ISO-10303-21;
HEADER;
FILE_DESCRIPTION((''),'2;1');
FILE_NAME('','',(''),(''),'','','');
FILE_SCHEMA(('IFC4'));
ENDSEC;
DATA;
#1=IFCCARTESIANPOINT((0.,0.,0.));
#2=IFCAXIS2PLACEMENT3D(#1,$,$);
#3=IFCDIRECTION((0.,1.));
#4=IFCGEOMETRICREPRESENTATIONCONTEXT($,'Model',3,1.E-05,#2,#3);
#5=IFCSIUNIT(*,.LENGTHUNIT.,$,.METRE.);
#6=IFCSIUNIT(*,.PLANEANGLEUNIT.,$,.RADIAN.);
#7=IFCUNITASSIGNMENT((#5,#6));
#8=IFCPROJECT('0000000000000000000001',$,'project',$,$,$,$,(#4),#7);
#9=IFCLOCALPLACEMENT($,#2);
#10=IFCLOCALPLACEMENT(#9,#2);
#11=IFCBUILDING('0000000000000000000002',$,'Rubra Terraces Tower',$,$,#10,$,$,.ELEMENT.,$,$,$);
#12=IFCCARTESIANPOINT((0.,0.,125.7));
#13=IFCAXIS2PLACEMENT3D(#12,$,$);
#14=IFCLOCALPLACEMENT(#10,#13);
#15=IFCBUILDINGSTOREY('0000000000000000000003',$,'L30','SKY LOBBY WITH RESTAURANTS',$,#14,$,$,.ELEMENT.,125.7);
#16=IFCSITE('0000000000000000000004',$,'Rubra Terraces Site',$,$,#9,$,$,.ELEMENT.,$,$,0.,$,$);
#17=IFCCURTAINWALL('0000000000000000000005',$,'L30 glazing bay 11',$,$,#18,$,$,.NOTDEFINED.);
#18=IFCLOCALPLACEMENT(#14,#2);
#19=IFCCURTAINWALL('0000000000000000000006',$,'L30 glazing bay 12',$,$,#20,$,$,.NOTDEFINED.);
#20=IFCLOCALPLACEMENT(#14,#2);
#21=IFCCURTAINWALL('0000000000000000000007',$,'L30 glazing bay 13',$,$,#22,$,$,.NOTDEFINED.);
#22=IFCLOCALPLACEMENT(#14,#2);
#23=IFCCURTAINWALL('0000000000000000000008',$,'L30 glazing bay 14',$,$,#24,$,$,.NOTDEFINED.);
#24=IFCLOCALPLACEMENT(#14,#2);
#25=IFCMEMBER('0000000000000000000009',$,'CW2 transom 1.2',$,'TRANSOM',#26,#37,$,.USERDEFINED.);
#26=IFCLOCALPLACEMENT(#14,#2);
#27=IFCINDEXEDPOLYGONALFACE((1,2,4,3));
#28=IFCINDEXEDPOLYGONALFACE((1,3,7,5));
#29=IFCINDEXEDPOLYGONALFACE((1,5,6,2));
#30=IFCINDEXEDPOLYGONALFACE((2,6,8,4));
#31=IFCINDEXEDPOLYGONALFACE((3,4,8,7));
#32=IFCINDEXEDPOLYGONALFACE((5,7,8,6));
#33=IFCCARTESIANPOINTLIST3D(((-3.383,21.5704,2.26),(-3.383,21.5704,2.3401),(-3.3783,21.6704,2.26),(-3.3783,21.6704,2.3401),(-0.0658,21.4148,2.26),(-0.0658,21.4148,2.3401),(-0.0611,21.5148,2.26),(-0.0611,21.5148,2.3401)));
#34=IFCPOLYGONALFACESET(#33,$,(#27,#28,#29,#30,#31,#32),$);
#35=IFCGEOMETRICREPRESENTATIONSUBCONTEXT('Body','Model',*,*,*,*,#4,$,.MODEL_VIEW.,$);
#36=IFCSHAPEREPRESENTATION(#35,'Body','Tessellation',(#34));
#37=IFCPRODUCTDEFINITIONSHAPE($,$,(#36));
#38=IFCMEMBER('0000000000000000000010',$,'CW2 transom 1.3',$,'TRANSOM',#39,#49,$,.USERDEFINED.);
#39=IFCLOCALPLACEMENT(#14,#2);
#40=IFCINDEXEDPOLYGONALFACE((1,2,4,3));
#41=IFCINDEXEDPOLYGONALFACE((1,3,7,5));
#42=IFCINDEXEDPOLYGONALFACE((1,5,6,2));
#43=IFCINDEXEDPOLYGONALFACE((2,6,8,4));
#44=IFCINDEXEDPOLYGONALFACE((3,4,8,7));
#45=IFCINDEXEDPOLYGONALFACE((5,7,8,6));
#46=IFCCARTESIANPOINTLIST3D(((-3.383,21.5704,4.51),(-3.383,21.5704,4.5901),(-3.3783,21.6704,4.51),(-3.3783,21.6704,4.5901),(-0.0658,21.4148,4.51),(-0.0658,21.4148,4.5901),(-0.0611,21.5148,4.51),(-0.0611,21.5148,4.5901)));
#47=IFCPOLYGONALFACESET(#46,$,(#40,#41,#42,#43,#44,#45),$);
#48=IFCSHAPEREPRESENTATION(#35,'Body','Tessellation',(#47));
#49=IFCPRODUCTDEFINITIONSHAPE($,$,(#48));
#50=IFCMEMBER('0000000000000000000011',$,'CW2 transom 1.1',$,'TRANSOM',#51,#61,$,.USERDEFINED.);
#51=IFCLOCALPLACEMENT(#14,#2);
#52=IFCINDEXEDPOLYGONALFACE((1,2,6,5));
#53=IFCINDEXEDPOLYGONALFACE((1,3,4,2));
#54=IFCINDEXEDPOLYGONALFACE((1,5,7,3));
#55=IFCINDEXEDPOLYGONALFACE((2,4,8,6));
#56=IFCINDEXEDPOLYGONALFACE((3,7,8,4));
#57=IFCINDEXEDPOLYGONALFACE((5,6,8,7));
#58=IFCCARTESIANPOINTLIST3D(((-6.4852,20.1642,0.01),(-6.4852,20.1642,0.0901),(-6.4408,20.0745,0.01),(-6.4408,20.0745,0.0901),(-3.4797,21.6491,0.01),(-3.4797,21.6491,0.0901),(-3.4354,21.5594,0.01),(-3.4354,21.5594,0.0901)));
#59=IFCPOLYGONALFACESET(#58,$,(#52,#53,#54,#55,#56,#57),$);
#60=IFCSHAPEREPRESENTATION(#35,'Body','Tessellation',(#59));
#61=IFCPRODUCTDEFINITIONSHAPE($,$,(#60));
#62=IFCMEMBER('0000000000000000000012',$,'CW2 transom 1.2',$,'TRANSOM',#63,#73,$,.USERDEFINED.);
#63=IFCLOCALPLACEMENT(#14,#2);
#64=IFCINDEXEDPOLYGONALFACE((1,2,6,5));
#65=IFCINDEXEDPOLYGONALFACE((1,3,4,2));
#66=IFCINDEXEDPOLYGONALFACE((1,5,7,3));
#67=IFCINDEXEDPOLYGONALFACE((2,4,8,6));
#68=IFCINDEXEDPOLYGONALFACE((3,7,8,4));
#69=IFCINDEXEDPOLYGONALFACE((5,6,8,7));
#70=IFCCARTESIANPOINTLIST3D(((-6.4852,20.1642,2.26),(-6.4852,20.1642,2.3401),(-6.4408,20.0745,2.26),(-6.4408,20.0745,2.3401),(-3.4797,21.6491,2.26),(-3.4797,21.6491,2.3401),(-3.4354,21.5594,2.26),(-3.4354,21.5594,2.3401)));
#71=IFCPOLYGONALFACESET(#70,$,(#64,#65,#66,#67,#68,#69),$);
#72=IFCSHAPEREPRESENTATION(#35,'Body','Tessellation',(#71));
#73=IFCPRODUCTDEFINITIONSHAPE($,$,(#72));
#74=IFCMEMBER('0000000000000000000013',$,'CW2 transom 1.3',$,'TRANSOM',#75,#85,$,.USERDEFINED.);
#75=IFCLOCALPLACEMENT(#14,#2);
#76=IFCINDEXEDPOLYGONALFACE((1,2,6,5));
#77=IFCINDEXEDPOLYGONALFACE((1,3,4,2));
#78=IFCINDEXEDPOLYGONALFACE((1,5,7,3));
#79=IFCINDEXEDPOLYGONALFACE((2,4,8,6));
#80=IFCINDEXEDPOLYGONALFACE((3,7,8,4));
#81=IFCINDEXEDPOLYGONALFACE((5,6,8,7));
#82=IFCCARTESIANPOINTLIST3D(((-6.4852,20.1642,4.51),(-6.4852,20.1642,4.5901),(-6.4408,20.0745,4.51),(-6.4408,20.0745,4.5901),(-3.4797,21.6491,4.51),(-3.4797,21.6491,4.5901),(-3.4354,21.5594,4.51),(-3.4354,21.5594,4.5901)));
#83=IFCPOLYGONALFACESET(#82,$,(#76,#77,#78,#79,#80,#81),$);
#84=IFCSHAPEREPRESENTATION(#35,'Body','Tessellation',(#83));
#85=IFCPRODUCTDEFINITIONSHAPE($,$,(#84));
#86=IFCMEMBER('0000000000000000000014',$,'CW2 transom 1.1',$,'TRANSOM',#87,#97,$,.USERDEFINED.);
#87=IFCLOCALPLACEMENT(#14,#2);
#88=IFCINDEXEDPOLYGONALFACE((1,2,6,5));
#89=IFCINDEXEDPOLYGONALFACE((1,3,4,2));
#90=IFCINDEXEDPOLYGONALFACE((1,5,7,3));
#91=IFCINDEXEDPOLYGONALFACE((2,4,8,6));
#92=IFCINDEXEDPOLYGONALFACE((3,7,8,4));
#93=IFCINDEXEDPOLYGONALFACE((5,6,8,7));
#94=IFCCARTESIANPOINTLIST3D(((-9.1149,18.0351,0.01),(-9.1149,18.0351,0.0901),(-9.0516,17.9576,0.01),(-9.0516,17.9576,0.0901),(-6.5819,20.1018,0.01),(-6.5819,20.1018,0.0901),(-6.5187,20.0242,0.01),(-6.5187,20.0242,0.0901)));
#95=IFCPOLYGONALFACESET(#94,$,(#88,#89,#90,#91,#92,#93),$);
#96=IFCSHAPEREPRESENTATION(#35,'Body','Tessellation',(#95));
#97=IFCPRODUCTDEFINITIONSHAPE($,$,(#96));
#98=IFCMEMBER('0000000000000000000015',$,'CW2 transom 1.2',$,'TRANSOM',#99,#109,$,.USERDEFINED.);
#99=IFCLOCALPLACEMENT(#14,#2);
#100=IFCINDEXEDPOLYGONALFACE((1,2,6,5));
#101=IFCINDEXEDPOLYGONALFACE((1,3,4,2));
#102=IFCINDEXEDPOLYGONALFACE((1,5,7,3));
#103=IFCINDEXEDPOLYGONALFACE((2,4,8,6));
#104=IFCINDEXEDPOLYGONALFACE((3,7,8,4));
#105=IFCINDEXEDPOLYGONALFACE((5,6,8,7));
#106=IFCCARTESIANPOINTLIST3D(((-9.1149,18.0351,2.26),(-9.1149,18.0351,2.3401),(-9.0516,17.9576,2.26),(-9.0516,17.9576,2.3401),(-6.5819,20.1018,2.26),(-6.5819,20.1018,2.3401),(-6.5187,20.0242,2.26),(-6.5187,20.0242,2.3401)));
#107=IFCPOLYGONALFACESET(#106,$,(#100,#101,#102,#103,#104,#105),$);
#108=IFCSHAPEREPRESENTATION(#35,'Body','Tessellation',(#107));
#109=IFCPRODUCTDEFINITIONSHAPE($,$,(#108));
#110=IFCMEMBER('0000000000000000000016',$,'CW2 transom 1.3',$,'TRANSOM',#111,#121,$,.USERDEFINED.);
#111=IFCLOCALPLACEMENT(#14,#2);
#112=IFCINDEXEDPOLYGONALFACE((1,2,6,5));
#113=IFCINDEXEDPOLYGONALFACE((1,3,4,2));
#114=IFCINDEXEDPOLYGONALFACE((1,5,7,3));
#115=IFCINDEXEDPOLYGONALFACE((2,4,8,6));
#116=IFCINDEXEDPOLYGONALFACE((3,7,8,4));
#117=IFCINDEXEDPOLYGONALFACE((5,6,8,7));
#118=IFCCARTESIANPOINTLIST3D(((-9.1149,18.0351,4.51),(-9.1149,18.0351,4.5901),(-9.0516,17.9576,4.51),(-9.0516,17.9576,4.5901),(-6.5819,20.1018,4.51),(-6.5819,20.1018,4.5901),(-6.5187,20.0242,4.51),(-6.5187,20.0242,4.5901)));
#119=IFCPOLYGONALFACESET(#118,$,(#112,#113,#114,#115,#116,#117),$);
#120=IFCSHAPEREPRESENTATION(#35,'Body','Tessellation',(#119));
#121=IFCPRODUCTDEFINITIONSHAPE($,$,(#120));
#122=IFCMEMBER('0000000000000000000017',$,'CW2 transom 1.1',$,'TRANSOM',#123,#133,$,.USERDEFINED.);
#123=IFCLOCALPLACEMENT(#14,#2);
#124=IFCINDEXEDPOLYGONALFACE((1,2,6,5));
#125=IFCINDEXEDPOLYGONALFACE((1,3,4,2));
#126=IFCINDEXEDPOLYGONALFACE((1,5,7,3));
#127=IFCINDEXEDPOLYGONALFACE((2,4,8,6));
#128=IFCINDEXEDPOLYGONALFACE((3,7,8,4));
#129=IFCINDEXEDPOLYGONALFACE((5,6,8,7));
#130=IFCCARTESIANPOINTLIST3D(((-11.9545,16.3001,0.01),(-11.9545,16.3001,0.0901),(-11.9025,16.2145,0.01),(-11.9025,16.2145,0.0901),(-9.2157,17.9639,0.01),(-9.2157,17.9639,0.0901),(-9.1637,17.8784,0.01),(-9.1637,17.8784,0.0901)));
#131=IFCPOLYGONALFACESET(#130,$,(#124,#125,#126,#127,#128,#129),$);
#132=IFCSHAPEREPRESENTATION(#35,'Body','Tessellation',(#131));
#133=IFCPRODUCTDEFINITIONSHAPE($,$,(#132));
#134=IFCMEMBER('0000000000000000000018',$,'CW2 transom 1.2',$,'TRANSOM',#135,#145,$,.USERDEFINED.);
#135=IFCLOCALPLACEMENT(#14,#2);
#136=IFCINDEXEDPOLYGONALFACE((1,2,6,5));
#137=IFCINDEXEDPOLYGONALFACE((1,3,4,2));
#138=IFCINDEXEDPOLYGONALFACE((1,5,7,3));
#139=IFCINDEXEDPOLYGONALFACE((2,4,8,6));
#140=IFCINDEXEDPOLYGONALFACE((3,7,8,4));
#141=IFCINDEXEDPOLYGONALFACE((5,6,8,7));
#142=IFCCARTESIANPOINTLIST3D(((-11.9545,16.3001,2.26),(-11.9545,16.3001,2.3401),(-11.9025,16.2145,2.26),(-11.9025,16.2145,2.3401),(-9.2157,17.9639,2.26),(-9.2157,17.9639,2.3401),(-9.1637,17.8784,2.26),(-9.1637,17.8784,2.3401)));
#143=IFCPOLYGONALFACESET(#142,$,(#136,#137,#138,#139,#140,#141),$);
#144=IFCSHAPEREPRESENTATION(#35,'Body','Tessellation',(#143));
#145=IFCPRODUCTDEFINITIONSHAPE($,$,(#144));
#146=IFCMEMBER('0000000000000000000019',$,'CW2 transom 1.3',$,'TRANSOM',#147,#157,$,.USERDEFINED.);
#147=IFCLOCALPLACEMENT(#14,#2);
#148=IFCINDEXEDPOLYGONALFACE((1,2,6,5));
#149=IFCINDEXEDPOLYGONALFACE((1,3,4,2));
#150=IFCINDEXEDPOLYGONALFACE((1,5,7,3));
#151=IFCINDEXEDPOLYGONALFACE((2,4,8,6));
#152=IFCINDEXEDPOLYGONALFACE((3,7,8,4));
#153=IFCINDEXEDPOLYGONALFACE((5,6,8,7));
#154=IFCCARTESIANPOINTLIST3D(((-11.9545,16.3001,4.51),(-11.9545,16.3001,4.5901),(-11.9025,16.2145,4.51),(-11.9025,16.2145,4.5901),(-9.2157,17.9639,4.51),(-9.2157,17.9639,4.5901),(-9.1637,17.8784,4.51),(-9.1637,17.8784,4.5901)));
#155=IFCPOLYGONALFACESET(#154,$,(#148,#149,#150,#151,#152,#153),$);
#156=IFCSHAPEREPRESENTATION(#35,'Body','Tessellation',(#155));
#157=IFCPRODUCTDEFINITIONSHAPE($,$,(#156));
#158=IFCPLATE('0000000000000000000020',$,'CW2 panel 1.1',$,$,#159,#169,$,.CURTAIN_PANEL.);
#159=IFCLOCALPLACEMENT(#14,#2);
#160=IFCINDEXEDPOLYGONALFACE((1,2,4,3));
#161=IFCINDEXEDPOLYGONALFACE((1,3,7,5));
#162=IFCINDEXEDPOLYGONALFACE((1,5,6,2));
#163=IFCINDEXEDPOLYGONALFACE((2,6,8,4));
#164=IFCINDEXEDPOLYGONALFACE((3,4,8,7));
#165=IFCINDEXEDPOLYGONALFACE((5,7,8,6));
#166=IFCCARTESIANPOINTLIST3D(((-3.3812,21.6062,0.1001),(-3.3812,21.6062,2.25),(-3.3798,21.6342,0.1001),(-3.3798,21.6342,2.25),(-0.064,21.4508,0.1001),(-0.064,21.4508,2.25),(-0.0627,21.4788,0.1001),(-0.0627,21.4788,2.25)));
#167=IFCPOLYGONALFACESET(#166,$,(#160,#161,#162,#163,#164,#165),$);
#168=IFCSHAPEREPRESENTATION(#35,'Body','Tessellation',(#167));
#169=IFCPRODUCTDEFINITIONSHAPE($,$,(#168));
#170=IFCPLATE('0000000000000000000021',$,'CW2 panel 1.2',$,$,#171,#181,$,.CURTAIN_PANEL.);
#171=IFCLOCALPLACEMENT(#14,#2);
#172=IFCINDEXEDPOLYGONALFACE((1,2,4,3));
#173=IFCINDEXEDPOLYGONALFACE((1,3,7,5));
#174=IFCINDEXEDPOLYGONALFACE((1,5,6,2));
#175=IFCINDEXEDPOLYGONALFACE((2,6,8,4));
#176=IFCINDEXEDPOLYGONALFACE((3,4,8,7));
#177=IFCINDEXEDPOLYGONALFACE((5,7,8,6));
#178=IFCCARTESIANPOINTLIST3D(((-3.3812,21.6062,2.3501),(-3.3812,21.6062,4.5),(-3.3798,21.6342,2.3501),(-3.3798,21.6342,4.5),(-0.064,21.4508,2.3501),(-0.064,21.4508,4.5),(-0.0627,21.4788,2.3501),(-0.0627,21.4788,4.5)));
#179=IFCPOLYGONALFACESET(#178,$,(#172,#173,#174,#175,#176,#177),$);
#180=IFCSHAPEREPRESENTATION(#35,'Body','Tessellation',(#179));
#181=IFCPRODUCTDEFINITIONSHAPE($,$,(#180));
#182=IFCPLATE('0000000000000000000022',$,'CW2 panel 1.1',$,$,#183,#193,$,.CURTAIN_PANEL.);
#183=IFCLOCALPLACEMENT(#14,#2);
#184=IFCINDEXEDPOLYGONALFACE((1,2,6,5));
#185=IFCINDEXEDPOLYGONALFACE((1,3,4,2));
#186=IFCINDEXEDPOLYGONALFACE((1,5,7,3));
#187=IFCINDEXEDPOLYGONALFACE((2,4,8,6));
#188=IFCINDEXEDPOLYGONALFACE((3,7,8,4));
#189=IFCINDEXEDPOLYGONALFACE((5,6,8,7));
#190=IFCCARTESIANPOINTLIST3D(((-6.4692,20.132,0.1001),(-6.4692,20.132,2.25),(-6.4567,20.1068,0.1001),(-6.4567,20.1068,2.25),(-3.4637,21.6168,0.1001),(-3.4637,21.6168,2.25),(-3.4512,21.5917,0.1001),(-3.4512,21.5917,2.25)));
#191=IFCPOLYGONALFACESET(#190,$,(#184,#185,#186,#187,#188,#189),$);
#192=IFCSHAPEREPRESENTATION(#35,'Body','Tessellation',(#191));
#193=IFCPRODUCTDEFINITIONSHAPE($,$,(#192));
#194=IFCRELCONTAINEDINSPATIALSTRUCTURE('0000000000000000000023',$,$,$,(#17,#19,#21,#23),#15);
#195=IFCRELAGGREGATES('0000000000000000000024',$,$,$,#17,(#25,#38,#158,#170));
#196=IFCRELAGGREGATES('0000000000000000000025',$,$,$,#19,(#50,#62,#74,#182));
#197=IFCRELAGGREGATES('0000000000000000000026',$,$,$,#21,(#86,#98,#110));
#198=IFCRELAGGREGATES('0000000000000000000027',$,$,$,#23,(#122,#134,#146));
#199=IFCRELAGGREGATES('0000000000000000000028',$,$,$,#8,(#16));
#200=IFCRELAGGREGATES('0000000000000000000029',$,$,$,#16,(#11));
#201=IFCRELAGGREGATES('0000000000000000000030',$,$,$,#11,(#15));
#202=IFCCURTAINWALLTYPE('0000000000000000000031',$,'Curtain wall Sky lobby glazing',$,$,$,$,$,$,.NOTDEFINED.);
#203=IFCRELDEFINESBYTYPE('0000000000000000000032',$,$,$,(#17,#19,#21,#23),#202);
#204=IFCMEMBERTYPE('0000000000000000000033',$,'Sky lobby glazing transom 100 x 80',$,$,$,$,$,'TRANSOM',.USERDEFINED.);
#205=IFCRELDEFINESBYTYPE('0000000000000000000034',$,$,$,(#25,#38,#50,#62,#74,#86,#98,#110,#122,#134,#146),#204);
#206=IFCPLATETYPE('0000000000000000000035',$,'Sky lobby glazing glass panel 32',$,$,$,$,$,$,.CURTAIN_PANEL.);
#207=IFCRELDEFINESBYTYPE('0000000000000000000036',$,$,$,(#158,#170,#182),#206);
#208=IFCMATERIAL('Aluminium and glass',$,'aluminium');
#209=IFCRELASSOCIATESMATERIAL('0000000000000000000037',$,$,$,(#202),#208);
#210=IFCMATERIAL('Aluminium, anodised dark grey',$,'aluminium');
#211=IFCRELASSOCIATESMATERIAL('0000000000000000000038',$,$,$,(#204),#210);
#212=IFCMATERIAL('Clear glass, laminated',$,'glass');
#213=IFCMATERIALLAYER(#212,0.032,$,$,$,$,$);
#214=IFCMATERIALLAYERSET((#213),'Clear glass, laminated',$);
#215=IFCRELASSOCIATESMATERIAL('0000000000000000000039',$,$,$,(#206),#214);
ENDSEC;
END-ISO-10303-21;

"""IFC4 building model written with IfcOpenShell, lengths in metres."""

from ifc_helpers import new_model, si_unit, direction, frame, origin, origin_2d, place, context, subcontext, project, spatial, rectangle, extrude, material, layer, layer_set, material_profile, profile_set, type_object, element, aggregate, save


model = new_model("IFC4")

# Units and contexts
model_context = context("Model", 3, precision=1e-05, world=origin(), true_north=direction((0.0, 1.0)))
body_context = subcontext(model_context, "Body", "Model", "MODEL_VIEW")
ifc_project = project(units=[si_unit("LENGTHUNIT", "METRE"), si_unit("PLANEANGLEUNIT", "RADIAN")], contexts=[model_context])

# Site, building, storey
site_placement = place(None, origin())
site = spatial("IfcSite", under=ifc_project, at=site_placement, Name="Rubra Terraces Site", CompositionType="ELEMENT", RefElevation=0.0)
building_placement = place(site_placement, origin())
building = spatial("IfcBuilding", under=site, at=building_placement, Name="Rubra Terraces Tower", CompositionType="ELEMENT")
storey_placement = place(building_placement, frame((0.0, 0.0, 125.7)))
storey = spatial("IfcBuildingStorey", under=building, at=storey_placement, Name="L30", Description="SKY LOBBY WITH RESTAURANTS", CompositionType="ELEMENT", Elevation=125.7)

# Curtain walls
ifc_material_1 = material(Name="Aluminium and glass", Category="aluminium")
curtain_wall_type = type_object("IfcCurtainWallType", Name="Curtain wall Sky lobby glazing", PredefinedType="NOTDEFINED", material=ifc_material_1)
curtain_wall_1_placement = place(storey_placement, origin())
curtain_wall_1 = element("IfcCurtainWall", 1, at=curtain_wall_1_placement, inside=storey, type_object=curtain_wall_type, Name="L30 glazing bay 11", PredefinedType="NOTDEFINED")
ifc_material_2 = material(Name="Aluminium, anodised dark grey", Category="aluminium")
curtain_wall_2_placement = place(storey_placement, origin())
curtain_wall_2 = element("IfcCurtainWall", 2, at=curtain_wall_2_placement, inside=storey, type_object=curtain_wall_type, Name="L30 glazing bay 12", PredefinedType="NOTDEFINED")
curtain_wall_3_placement = place(storey_placement, origin())
curtain_wall_3 = element("IfcCurtainWall", 3, at=curtain_wall_3_placement, inside=storey, type_object=curtain_wall_type, Name="L30 glazing bay 13", PredefinedType="NOTDEFINED")
curtain_wall_4_placement = place(storey_placement, origin())
curtain_wall_4 = element("IfcCurtainWall", 4, at=curtain_wall_4_placement, inside=storey, type_object=curtain_wall_type, Name="L30 glazing bay 14", PredefinedType="NOTDEFINED")

# Members
ifc_material_profile_1 = material_profile(ifc_material_2, rectangle(XDim=0.1001, YDim=0.0801, at=origin_2d()), Name="AL 100x80")
ifc_profile_set_1 = profile_set([ifc_material_profile_1], Name="Aluminium, anodised dark grey")
member_type_1 = type_object("IfcMemberType", Name="Sky lobby glazing transom 100 x 80", ElementType="TRANSOM", PredefinedType="USERDEFINED", material=ifc_profile_set_1)
member_1_placement = place(storey_placement, frame((-0.0635, 21.4648, 2.3), z_axis=(-0.998903, 0.046832, 0.0), x_axis=(-0.046832, -0.998903, 0.0)))
member_1 = element("IfcMember", 5, at=member_1_placement, type_object=member_type_1, Name="CW2 transom 1.2", ObjectType="TRANSOM", PredefinedType="USERDEFINED", context=body_context, shape_type="SweptSolid", body=[
    extrude(rectangle(XDim=0.1001, YDim=0.0801, at=origin_2d()), origin(), (0.0, 0.0, 1.0), 3.3208),
])
member_2_placement = place(storey_placement, frame((-0.0635, 21.4648, 4.55), z_axis=(-0.998903, 0.046832, 0.0), x_axis=(-0.046832, -0.998903, 0.0)))
member_2 = element("IfcMember", 6, at=member_2_placement, type_object=member_type_1, Name="CW2 transom 1.3", ObjectType="TRANSOM", PredefinedType="USERDEFINED", context=body_context, shape_type="SweptSolid", body=[
    extrude(rectangle(XDim=0.1001, YDim=0.0801, at=origin_2d()), origin(), (0.0, 0.0, 1.0), 3.3208),
])
member_3_placement = place(storey_placement, frame((-3.4575, 21.6042, 0.05), z_axis=(-0.896544, -0.442955, 0.0), x_axis=(0.442955, -0.896544, 0.0)))
member_3 = element("IfcMember", 7, at=member_3_placement, type_object=member_type_1, Name="CW2 transom 1.1", ObjectType="TRANSOM", PredefinedType="USERDEFINED", context=body_context, shape_type="SweptSolid", body=[
    extrude(rectangle(XDim=0.1001, YDim=0.0801, at=origin_2d()), origin(), (0.0, 0.0, 1.0), 3.3523),
])
member_4_placement = place(storey_placement, frame((-3.4575, 21.6042, 2.3), z_axis=(-0.896544, -0.442955, 0.0), x_axis=(0.442955, -0.896544, 0.0)))
member_4 = element("IfcMember", 8, at=member_4_placement, type_object=member_type_1, Name="CW2 transom 1.2", ObjectType="TRANSOM", PredefinedType="USERDEFINED", context=body_context, shape_type="SweptSolid", body=[
    extrude(rectangle(XDim=0.1001, YDim=0.0801, at=origin_2d()), origin(), (0.0, 0.0, 1.0), 3.3523),
])
member_5_placement = place(storey_placement, frame((-3.4575, 21.6042, 4.55), z_axis=(-0.896544, -0.442955, 0.0), x_axis=(0.442955, -0.896544, 0.0)))
member_5 = element("IfcMember", 9, at=member_5_placement, type_object=member_type_1, Name="CW2 transom 1.3", ObjectType="TRANSOM", PredefinedType="USERDEFINED", context=body_context, shape_type="SweptSolid", body=[
    extrude(rectangle(XDim=0.1001, YDim=0.0801, at=origin_2d()), origin(), (0.0, 0.0, 1.0), 3.3523),
])
member_6_placement = place(storey_placement, frame((-6.5503, 20.063, 0.05), z_axis=(-0.774822, -0.63218, 0.0), x_axis=(0.63218, -0.774822, 0.0)))
member_6 = element("IfcMember", 10, at=member_6_placement, type_object=member_type_1, Name="CW2 transom 1.1", ObjectType="TRANSOM", PredefinedType="USERDEFINED", context=body_context, shape_type="SweptSolid", body=[
    extrude(rectangle(XDim=0.1001, YDim=0.0801, at=origin_2d()), origin(), (0.0, 0.0, 1.0), 3.269),
])
member_7_placement = place(storey_placement, frame((-6.5503, 20.063, 2.3), z_axis=(-0.774822, -0.63218, 0.0), x_axis=(0.63218, -0.774822, 0.0)))
member_7 = element("IfcMember", 11, at=member_7_placement, type_object=member_type_1, Name="CW2 transom 1.2", ObjectType="TRANSOM", PredefinedType="USERDEFINED", context=body_context, shape_type="SweptSolid", body=[
    extrude(rectangle(XDim=0.1001, YDim=0.0801, at=origin_2d()), origin(), (0.0, 0.0, 1.0), 3.269),
])
member_8_placement = place(storey_placement, frame((-6.5503, 20.063, 4.55), z_axis=(-0.774822, -0.63218, 0.0), x_axis=(0.63218, -0.774822, 0.0)))
member_8 = element("IfcMember", 12, at=member_8_placement, type_object=member_type_1, Name="CW2 transom 1.3", ObjectType="TRANSOM", PredefinedType="USERDEFINED", context=body_context, shape_type="SweptSolid", body=[
    extrude(rectangle(XDim=0.1001, YDim=0.0801, at=origin_2d()), origin(), (0.0, 0.0, 1.0), 3.269),
])
member_9_placement = place(storey_placement, frame((-9.1897, 17.9211, 0.05), z_axis=(-0.85465, -0.519205, 0.0), x_axis=(0.519205, -0.85465, 0.0)))
member_9 = element("IfcMember", 13, at=member_9_placement, type_object=member_type_1, Name="CW2 transom 1.1", ObjectType="TRANSOM", PredefinedType="USERDEFINED", context=body_context, shape_type="SweptSolid", body=[
    extrude(rectangle(XDim=0.1001, YDim=0.0801, at=origin_2d()), origin(), (0.0, 0.0, 1.0), 3.2046),
])
member_10_placement = place(storey_placement, frame((-9.1897, 17.9211, 2.3), z_axis=(-0.85465, -0.519205, 0.0), x_axis=(0.519205, -0.85465, 0.0)))
member_10 = element("IfcMember", 14, at=member_10_placement, type_object=member_type_1, Name="CW2 transom 1.2", ObjectType="TRANSOM", PredefinedType="USERDEFINED", context=body_context, shape_type="SweptSolid", body=[
    extrude(rectangle(XDim=0.1001, YDim=0.0801, at=origin_2d()), origin(), (0.0, 0.0, 1.0), 3.2046),
])
member_11_placement = place(storey_placement, frame((-9.1897, 17.9211, 4.55), z_axis=(-0.85465, -0.519205, 0.0), x_axis=(0.519205, -0.85465, 0.0)))
member_11 = element("IfcMember", 15, at=member_11_placement, type_object=member_type_1, Name="CW2 transom 1.3", ObjectType="TRANSOM", PredefinedType="USERDEFINED", context=body_context, shape_type="SweptSolid", body=[
    extrude(rectangle(XDim=0.1001, YDim=0.0801, at=origin_2d()), origin(), (0.0, 0.0, 1.0), 3.2046),
])

# Plates
ifc_material_3 = material(Name="Clear glass, laminated", Category="glass")
ifc_layer_1 = layer(ifc_material_3, 0.032)
ifc_layer_set_1 = layer_set([ifc_layer_1], Name="Clear glass, laminated")
plate_type = type_object("IfcPlateType", Name="Sky lobby glazing glass panel 32", PredefinedType="CURTAIN_PANEL", material=ifc_layer_set_1)
plate_1_placement = place(storey_placement, frame((-1.7219, 21.5425, 0.1001), z_axis=(0.0, 0.0, 1.0), x_axis=(-0.998905, 0.046792, 0.0)))
plate_1 = element("IfcPlate", 16, at=plate_1_placement, type_object=plate_type, Name="CW2 panel 1.1", PredefinedType="CURTAIN_PANEL", context=body_context, shape_type="SweptSolid", body=[
    extrude(rectangle(XDim=3.3208, YDim=0.0281, at=origin_2d()), origin(), (0.0, 0.0, 1.0), 2.1499),
])
plate_2_placement = place(storey_placement, frame((-1.7219, 21.5425, 2.3501), z_axis=(0.0, 0.0, 1.0), x_axis=(-0.998905, 0.046792, 0.0)))
plate_2 = element("IfcPlate", 17, at=plate_2_placement, type_object=plate_type, Name="CW2 panel 1.2", PredefinedType="CURTAIN_PANEL", context=body_context, shape_type="SweptSolid", body=[
    extrude(rectangle(XDim=3.3208, YDim=0.0281, at=origin_2d()), origin(), (0.0, 0.0, 1.0), 2.1499),
])
aggregate(curtain_wall_1, [member_1, member_2, plate_1, plate_2])
plate_3_placement = place(storey_placement, frame((-4.9602, 20.8618, 0.1001), z_axis=(0.0, 0.0, 1.0), x_axis=(-0.896548, -0.442946, 0.0)))
plate_3 = element("IfcPlate", 18, at=plate_3_placement, type_object=plate_type, Name="CW2 panel 1.1", PredefinedType="CURTAIN_PANEL", context=body_context, shape_type="SweptSolid", body=[
    extrude(rectangle(XDim=3.3523, YDim=0.0281, at=origin_2d()), origin(), (0.0, 0.0, 1.0), 2.1499),
])
aggregate(curtain_wall_2, [member_3, member_4, member_5, plate_3])
aggregate(curtain_wall_3, [member_6, member_7, member_8])
aggregate(curtain_wall_4, [member_9, member_10, member_11])

save(model, "model.ifc")
